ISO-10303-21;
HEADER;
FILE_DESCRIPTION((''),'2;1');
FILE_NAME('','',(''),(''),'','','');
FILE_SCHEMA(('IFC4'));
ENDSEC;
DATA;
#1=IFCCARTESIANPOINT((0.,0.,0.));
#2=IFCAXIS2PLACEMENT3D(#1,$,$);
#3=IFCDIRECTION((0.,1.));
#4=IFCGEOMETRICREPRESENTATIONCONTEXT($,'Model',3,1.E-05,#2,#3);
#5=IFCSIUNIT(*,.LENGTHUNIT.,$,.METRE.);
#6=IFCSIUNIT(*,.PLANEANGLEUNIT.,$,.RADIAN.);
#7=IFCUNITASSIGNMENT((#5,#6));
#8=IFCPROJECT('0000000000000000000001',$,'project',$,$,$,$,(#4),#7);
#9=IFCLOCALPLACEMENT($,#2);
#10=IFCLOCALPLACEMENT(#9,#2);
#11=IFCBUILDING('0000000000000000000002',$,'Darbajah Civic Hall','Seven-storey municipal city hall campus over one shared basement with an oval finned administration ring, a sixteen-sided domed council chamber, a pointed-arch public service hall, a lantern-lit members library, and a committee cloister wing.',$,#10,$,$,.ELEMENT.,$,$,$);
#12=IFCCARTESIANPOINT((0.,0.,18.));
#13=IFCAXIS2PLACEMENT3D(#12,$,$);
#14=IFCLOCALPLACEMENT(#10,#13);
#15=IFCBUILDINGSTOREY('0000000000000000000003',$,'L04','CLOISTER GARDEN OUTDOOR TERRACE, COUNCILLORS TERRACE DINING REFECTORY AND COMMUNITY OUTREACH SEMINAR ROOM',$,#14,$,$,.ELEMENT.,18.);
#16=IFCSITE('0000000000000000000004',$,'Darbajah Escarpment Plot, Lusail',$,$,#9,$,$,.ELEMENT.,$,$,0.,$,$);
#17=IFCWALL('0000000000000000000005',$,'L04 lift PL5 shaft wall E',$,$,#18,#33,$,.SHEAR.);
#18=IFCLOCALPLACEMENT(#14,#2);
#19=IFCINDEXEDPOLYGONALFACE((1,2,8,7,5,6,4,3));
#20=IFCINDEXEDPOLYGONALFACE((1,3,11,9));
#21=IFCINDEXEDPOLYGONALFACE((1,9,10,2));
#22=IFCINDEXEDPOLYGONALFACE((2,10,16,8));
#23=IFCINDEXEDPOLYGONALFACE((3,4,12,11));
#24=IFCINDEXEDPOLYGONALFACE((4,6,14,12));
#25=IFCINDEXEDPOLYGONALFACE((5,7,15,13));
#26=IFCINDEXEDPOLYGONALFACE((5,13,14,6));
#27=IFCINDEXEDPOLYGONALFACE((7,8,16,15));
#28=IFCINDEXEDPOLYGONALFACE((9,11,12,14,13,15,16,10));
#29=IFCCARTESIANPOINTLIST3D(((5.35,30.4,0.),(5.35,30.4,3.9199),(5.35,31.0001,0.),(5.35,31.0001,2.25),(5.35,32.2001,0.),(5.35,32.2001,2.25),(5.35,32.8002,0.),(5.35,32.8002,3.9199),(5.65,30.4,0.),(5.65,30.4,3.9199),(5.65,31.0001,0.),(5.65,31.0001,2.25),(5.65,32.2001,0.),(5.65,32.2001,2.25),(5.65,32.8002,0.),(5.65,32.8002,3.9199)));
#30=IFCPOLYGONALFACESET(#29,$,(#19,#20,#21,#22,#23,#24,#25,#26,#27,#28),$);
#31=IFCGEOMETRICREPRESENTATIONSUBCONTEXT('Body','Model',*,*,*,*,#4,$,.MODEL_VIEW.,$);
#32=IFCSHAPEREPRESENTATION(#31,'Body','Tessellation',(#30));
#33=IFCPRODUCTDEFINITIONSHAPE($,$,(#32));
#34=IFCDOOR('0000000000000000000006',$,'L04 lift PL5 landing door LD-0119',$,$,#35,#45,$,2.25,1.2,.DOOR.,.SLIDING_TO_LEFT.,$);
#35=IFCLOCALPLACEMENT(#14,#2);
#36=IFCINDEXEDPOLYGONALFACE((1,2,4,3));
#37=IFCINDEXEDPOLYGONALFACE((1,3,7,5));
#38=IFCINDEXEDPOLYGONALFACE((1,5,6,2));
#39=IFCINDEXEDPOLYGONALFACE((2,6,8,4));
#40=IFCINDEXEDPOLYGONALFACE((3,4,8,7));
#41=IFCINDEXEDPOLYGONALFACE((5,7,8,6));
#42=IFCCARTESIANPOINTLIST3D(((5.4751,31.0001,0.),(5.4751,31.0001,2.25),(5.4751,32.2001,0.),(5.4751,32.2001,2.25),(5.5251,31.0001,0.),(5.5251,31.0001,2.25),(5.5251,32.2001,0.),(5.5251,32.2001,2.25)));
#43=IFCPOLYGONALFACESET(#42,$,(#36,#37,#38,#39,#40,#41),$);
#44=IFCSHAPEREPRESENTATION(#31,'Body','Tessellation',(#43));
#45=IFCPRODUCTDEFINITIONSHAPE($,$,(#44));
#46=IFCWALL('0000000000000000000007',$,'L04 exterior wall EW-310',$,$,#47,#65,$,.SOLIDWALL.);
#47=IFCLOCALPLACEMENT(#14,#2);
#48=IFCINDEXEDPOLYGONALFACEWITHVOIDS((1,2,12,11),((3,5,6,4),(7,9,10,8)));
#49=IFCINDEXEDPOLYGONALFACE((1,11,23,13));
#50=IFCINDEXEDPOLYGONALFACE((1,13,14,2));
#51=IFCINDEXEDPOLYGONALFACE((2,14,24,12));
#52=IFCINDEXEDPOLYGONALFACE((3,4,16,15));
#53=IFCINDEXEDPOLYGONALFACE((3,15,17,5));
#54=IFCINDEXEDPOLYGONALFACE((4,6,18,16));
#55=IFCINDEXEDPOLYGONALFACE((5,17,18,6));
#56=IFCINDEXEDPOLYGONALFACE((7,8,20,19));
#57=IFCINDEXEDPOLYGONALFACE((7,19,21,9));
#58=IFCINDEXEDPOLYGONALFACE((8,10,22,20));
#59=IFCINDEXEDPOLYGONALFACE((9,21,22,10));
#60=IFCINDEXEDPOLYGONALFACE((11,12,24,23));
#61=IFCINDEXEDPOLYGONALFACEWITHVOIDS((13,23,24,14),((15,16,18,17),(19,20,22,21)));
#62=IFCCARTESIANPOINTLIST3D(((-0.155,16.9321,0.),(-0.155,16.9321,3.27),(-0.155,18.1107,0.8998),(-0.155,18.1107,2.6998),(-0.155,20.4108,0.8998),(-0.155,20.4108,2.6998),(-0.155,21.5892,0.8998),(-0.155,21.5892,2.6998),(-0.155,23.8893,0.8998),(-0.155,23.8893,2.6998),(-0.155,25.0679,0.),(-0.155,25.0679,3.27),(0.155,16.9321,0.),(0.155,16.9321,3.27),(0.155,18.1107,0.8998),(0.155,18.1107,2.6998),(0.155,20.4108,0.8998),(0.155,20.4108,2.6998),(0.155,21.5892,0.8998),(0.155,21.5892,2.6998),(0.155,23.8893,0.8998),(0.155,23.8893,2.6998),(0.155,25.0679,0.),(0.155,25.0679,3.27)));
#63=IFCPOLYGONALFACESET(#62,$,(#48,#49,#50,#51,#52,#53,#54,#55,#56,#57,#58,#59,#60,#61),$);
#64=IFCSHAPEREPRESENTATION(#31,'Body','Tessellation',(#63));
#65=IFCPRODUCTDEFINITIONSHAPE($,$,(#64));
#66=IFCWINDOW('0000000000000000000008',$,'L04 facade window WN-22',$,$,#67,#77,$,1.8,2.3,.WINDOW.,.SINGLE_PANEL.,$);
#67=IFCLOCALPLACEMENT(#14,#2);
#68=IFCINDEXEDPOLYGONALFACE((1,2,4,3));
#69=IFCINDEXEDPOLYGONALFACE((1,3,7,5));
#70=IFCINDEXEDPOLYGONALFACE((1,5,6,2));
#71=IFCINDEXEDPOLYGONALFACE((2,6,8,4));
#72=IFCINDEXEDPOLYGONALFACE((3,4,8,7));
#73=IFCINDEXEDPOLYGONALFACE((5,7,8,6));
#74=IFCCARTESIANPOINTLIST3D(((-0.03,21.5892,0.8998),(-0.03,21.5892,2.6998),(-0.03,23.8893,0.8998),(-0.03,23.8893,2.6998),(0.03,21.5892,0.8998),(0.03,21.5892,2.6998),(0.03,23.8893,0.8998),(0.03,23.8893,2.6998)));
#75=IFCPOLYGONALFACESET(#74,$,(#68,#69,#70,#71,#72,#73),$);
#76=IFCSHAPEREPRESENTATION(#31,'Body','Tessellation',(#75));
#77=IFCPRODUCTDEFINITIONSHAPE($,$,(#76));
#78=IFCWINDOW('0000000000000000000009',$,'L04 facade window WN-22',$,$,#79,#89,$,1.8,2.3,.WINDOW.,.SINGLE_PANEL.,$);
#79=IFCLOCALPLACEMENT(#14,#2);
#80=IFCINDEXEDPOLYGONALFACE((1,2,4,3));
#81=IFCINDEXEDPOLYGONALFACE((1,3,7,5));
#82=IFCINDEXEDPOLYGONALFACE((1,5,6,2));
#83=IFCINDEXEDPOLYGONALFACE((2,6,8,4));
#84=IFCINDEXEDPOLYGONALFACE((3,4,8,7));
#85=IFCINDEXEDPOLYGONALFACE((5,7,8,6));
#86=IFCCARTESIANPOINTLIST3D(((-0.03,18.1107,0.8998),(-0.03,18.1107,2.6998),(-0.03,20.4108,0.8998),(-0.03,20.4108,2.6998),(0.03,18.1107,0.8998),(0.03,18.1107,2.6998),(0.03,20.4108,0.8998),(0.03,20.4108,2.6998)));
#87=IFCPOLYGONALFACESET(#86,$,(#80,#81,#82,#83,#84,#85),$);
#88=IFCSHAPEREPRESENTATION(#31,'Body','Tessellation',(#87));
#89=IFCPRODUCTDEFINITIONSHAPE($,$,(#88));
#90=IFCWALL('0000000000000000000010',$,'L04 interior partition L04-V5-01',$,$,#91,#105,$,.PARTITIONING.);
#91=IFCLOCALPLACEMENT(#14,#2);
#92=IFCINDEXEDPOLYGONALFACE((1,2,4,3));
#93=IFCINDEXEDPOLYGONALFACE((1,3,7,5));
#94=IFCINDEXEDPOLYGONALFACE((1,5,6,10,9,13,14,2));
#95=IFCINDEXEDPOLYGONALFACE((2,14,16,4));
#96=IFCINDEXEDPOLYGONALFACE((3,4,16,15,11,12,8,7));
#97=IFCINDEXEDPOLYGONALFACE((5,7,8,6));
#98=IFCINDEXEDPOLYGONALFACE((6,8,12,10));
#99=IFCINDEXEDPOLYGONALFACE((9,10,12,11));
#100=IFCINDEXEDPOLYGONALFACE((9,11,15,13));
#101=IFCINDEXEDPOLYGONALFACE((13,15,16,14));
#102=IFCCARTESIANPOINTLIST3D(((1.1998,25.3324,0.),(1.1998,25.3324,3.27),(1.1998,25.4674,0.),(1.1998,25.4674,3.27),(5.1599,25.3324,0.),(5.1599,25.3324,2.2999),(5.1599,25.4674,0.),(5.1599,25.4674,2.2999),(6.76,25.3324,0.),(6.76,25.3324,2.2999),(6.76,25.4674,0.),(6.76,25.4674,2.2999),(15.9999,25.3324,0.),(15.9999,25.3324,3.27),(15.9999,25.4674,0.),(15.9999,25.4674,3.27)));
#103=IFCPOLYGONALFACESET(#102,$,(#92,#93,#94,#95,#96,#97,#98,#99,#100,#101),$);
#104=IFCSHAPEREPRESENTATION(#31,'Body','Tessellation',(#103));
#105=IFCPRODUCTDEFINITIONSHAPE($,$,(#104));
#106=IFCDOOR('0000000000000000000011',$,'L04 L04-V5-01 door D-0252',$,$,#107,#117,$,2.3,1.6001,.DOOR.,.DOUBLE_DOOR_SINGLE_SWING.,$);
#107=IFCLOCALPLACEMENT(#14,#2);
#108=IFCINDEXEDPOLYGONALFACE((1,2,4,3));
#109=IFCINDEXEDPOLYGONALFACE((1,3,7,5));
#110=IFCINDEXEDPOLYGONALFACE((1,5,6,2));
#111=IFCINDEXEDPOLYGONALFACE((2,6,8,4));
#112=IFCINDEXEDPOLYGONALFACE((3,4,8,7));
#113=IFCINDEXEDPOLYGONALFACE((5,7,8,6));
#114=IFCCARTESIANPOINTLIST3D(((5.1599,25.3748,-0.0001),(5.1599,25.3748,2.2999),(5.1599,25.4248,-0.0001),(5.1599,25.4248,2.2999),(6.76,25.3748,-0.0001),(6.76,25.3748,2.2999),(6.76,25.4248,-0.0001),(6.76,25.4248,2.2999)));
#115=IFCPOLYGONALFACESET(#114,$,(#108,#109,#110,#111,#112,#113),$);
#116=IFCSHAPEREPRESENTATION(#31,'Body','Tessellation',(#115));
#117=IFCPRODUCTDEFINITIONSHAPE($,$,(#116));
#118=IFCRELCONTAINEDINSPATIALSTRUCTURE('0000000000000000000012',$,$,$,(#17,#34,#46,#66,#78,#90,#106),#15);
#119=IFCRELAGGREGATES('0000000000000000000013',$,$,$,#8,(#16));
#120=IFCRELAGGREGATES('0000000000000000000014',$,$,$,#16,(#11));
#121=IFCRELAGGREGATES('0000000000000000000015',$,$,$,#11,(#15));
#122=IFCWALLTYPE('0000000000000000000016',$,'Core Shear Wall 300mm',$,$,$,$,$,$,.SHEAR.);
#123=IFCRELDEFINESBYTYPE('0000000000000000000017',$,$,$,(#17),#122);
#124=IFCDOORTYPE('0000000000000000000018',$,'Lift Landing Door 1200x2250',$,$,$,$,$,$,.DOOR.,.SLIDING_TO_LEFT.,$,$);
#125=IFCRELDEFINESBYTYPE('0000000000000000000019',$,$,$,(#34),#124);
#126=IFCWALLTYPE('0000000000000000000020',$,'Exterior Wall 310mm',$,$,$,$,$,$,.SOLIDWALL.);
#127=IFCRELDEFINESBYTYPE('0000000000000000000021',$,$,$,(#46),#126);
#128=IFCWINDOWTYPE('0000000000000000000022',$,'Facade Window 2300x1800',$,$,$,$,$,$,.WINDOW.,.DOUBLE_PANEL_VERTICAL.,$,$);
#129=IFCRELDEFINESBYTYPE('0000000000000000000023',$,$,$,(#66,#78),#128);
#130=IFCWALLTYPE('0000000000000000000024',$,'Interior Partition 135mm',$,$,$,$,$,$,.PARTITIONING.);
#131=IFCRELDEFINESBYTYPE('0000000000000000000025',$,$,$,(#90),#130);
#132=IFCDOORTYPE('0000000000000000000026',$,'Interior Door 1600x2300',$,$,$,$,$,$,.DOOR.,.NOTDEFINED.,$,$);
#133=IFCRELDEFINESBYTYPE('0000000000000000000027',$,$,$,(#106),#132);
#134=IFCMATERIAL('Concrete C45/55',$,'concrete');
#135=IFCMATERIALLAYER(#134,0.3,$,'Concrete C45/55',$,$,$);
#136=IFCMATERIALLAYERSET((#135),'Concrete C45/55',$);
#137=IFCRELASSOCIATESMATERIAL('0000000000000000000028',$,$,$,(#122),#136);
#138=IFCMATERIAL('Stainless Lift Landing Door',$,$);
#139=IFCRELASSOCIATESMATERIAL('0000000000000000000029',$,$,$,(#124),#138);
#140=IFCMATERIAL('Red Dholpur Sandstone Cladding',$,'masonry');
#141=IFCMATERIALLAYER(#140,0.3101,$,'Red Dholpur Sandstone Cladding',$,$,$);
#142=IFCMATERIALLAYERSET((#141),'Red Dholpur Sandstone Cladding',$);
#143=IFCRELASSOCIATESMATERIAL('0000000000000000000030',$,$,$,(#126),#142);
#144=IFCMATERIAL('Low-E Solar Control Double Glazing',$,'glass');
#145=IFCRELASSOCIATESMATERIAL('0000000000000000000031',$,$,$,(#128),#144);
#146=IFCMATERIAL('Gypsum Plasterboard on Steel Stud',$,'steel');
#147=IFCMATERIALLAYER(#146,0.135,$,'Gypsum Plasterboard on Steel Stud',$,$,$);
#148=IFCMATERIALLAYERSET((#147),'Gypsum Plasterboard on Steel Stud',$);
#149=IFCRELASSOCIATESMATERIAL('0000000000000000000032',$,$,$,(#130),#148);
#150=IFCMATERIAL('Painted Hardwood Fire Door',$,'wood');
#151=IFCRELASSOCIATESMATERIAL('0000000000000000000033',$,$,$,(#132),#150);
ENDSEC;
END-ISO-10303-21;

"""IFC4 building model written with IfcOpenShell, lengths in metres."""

from ifc_helpers import new_model, si_unit, direction, frame, frame_2d, origin, place, context, subcontext, project, spatial, rectangle, extrude, material, layer, layer_set, type_object, element, fill, save


model = new_model("IFC4")

# Units and contexts
model_context = context("Model", 3, precision=1e-05, world=origin(), true_north=direction((0.0, 1.0)))
body_context = subcontext(model_context, "Body", "Model", "MODEL_VIEW")
ifc_project = project(units=[si_unit("LENGTHUNIT", "METRE"), si_unit("PLANEANGLEUNIT", "RADIAN")], contexts=[model_context])

# Site, building, storey
site_placement = place(None, origin())
site = spatial("IfcSite", under=ifc_project, at=site_placement, Name="Darbajah Escarpment Plot, Lusail", CompositionType="ELEMENT", RefElevation=0.0)
building_placement = place(site_placement, origin())
building = spatial("IfcBuilding", under=site, at=building_placement, Name="Darbajah Civic Hall", Description="Seven-storey municipal city hall campus over one shared basement with an oval finned administration ring, a sixteen-sided domed council chamber, a pointed-arch public service hall, a lantern-lit members library, and a committee cloister wing.", CompositionType="ELEMENT")
storey_placement = place(building_placement, frame((0.0, 0.0, 18.0)))
storey = spatial("IfcBuildingStorey", under=building, at=storey_placement, Name="L04", Description="CLOISTER GARDEN OUTDOOR TERRACE, COUNCILLORS TERRACE DINING REFECTORY AND COMMUNITY OUTREACH SEMINAR ROOM", CompositionType="ELEMENT", Elevation=18.0)

# Shared definitions
ifc_material_1 = material(Name="Concrete C45/55", Category="concrete")

# Shared definitions
ifc_layer_1 = layer(ifc_material_1, 0.3, Name="Concrete C45/55")
ifc_layer_set_1 = layer_set([ifc_layer_1], Name="Concrete C45/55")
wall_type_1 = type_object("IfcWallType", Name="Core Shear Wall 300mm", PredefinedType="SHEAR", material=ifc_layer_set_1)

# Wall, opening, door
wall_1_placement = place(storey_placement, frame((5.5, 30.3999, 0.0), z_axis=(0.0, 0.0, 1.0), x_axis=(0.0, 1.0, 0.0)))
wall_1 = element("IfcWall", 1, at=wall_1_placement, inside=storey, type_object=wall_type_1, Name="L04 lift PL5 shaft wall E", PredefinedType="SHEAR", context=body_context, shape_type="SweptSolid", body=[
    extrude(rectangle(XDim=2.4001, YDim=0.3, at=frame_2d((1.2002, 0.0))), origin(), (0.0, 0.0, 1.0), 3.9199),
])
opening_1_placement = place(wall_1_placement, frame((0.6001, 0.0, 0.0)))
opening_1 = element("IfcOpeningElement", 2, at=opening_1_placement, cuts=wall_1, PredefinedType="OPENING", context=body_context, shape_type="SweptSolid", body=[
    extrude(rectangle(XDim=1.2, YDim=2.25, at=frame_2d((0.6001, 1.125))), frame((0.0, 0.1599, 0.0), z_axis=(0.0, -1.0, 0.0), x_axis=(1.0, 0.0, 0.0)), (0.0, 0.0, 1.0), 0.3201),
])
ifc_material_2 = material(Name="Stainless Lift Landing Door")
door_type_1 = type_object("IfcDoorType", Name="Lift Landing Door 1200x2250", OperationType="SLIDING_TO_LEFT", PredefinedType="DOOR", material=ifc_material_2)
door_1_placement = place(opening_1_placement, origin())
door_1 = element("IfcDoor", 3, at=door_1_placement, inside=storey, type_object=door_type_1, Name="L04 lift PL5 landing door LD-0119", OperationType="SLIDING_TO_LEFT", OverallHeight=2.25, OverallWidth=1.2, PredefinedType="DOOR", context=body_context, shape_type="SweptSolid", body=[
    extrude(rectangle(XDim=1.2, YDim=2.25, at=frame_2d((0.6001, 1.125))), frame((0.0, 0.0249, 0.0), z_axis=(0.0, -1.0, 0.0), x_axis=(1.0, 0.0, 0.0)), (0.0, 0.0, 1.0), 0.05),
])
fill(opening_1, door_1)

# Wall, openings, windows
ifc_material_3 = material(Name="Red Dholpur Sandstone Cladding", Category="masonry")
ifc_layer_2 = layer(ifc_material_3, 0.3101, Name="Red Dholpur Sandstone Cladding")
ifc_layer_set_2 = layer_set([ifc_layer_2], Name="Red Dholpur Sandstone Cladding")
wall_type_2 = type_object("IfcWallType", Name="Exterior Wall 310mm", PredefinedType="SOLIDWALL", material=ifc_layer_set_2)
wall_2_placement = place(storey_placement, frame((0.0, 25.0679, 0.0), z_axis=(0.0, 0.0, 1.0), x_axis=(0.0, -1.0, 0.0)))
wall_2 = element("IfcWall", 4, at=wall_2_placement, inside=storey, type_object=wall_type_2, Name="L04 exterior wall EW-310", PredefinedType="SOLIDWALL", context=body_context, shape_type="SweptSolid", body=[
    extrude(rectangle(XDim=8.1357, YDim=0.3101, at=frame_2d((4.0679, 0.0))), origin(), (0.0, 0.0, 1.0), 3.27),
])
opening_2_placement = place(wall_2_placement, frame((1.1787, 0.0, 0.8999)))
opening_2 = element("IfcOpeningElement", 5, at=opening_2_placement, cuts=wall_2, PredefinedType="OPENING", context=body_context, shape_type="SweptSolid", body=[
    extrude(rectangle(XDim=2.3, YDim=1.8, at=frame_2d((1.1499, 0.8999))), frame((0.0, 0.165, 0.0), z_axis=(0.0, -1.0, 0.0), x_axis=(1.0, 0.0, 0.0)), (0.0, 0.0, 1.0), 0.3301),
])
opening_3_placement = place(wall_2_placement, frame((4.6572, 0.0, 0.8999)))
opening_3 = element("IfcOpeningElement", 6, at=opening_3_placement, cuts=wall_2, PredefinedType="OPENING", context=body_context, shape_type="SweptSolid", body=[
    extrude(rectangle(XDim=2.3, YDim=1.8, at=frame_2d((1.1499, 0.8999))), frame((0.0, 0.165, 0.0), z_axis=(0.0, -1.0, 0.0), x_axis=(1.0, 0.0, 0.0)), (0.0, 0.0, 1.0), 0.3301),
])
ifc_material_4 = material(Name="Low-E Solar Control Double Glazing", Category="glass")
window_type = type_object("IfcWindowType", Name="Facade Window 2300x1800", PartitioningType="DOUBLE_PANEL_VERTICAL", PredefinedType="WINDOW", material=ifc_material_4)
window_1_placement = place(opening_2_placement, origin())
window_1 = element("IfcWindow", 7, at=window_1_placement, inside=storey, type_object=window_type, Name="L04 facade window WN-22", OverallHeight=1.8, OverallWidth=2.3, PartitioningType="SINGLE_PANEL", PredefinedType="WINDOW", context=body_context, shape_type="SweptSolid", body=[
    extrude(rectangle(XDim=2.3, YDim=1.8, at=frame_2d((1.1499, 0.8999))), frame((0.0, 0.03, 0.0), z_axis=(0.0, -1.0, 0.0), x_axis=(1.0, 0.0, 0.0)), (0.0, 0.0, 1.0), 0.0601),
])
fill(opening_2, window_1)
window_2_placement = place(opening_3_placement, origin())
window_2 = element("IfcWindow", 8, at=window_2_placement, inside=storey, type_object=window_type, Name="L04 facade window WN-22", OverallHeight=1.8, OverallWidth=2.3, PartitioningType="SINGLE_PANEL", PredefinedType="WINDOW", context=body_context, shape_type="SweptSolid", body=[
    extrude(rectangle(XDim=2.3, YDim=1.8, at=frame_2d((1.1499, 0.8999))), frame((0.0, 0.03, 0.0), z_axis=(0.0, -1.0, 0.0), x_axis=(1.0, 0.0, 0.0)), (0.0, 0.0, 1.0), 0.0601),
])
fill(opening_3, window_2)

# Wall, opening, door
ifc_material_5 = material(Name="Gypsum Plasterboard on Steel Stud", Category="steel")
ifc_layer_3 = layer(ifc_material_5, 0.135, Name="Gypsum Plasterboard on Steel Stud")
ifc_layer_set_3 = layer_set([ifc_layer_3], Name="Gypsum Plasterboard on Steel Stud")
wall_type_3 = type_object("IfcWallType", Name="Interior Partition 135mm", PredefinedType="PARTITIONING", material=ifc_layer_set_3)
wall_3_placement = place(storey_placement, frame((1.2, 25.3999, 0.0), z_axis=(0.0, 0.0, 1.0), x_axis=(1.0, 0.0, 0.0)))
wall_3 = element("IfcWall", 9, at=wall_3_placement, inside=storey, type_object=wall_type_3, Name="L04 interior partition L04-V5-01", PredefinedType="PARTITIONING", context=body_context, shape_type="SweptSolid", body=[
    extrude(rectangle(XDim=14.8, YDim=0.135, at=frame_2d((7.3999, 0.0))), origin(), (0.0, 0.0, 1.0), 3.27),
])
opening_4_placement = place(wall_3_placement, frame((3.96, 0.0, 0.0)))
opening_4 = element("IfcOpeningElement", 10, at=opening_4_placement, cuts=wall_3, PredefinedType="OPENING", context=body_context, shape_type="SweptSolid", body=[
    extrude(rectangle(XDim=1.6001, YDim=2.3, at=frame_2d((0.8, 1.1499))), frame((0.0, 0.0774, 0.0), z_axis=(0.0, -1.0, 0.0), x_axis=(1.0, 0.0, 0.0)), (0.0, 0.0, 1.0), 0.155),
])
ifc_material_6 = material(Name="Painted Hardwood Fire Door", Category="wood")
door_type_2 = type_object("IfcDoorType", Name="Interior Door 1600x2300", OperationType="NOTDEFINED", PredefinedType="DOOR", material=ifc_material_6)
door_2_placement = place(opening_4_placement, origin())
door_2 = element("IfcDoor", 11, at=door_2_placement, inside=storey, type_object=door_type_2, Name="L04 L04-V5-01 door D-0252", OperationType="DOUBLE_DOOR_SINGLE_SWING", OverallHeight=2.3, OverallWidth=1.6001, PredefinedType="DOOR", context=body_context, shape_type="SweptSolid", body=[
    extrude(rectangle(XDim=1.6001, YDim=2.3, at=frame_2d((0.8, 1.1499))), frame((0.0, 0.0249, 0.0), z_axis=(0.0, -1.0, 0.0), x_axis=(1.0, 0.0, 0.0)), (0.0, 0.0, 1.0), 0.05),
])
fill(opening_4, door_2)

save(model, "model.ifc")
